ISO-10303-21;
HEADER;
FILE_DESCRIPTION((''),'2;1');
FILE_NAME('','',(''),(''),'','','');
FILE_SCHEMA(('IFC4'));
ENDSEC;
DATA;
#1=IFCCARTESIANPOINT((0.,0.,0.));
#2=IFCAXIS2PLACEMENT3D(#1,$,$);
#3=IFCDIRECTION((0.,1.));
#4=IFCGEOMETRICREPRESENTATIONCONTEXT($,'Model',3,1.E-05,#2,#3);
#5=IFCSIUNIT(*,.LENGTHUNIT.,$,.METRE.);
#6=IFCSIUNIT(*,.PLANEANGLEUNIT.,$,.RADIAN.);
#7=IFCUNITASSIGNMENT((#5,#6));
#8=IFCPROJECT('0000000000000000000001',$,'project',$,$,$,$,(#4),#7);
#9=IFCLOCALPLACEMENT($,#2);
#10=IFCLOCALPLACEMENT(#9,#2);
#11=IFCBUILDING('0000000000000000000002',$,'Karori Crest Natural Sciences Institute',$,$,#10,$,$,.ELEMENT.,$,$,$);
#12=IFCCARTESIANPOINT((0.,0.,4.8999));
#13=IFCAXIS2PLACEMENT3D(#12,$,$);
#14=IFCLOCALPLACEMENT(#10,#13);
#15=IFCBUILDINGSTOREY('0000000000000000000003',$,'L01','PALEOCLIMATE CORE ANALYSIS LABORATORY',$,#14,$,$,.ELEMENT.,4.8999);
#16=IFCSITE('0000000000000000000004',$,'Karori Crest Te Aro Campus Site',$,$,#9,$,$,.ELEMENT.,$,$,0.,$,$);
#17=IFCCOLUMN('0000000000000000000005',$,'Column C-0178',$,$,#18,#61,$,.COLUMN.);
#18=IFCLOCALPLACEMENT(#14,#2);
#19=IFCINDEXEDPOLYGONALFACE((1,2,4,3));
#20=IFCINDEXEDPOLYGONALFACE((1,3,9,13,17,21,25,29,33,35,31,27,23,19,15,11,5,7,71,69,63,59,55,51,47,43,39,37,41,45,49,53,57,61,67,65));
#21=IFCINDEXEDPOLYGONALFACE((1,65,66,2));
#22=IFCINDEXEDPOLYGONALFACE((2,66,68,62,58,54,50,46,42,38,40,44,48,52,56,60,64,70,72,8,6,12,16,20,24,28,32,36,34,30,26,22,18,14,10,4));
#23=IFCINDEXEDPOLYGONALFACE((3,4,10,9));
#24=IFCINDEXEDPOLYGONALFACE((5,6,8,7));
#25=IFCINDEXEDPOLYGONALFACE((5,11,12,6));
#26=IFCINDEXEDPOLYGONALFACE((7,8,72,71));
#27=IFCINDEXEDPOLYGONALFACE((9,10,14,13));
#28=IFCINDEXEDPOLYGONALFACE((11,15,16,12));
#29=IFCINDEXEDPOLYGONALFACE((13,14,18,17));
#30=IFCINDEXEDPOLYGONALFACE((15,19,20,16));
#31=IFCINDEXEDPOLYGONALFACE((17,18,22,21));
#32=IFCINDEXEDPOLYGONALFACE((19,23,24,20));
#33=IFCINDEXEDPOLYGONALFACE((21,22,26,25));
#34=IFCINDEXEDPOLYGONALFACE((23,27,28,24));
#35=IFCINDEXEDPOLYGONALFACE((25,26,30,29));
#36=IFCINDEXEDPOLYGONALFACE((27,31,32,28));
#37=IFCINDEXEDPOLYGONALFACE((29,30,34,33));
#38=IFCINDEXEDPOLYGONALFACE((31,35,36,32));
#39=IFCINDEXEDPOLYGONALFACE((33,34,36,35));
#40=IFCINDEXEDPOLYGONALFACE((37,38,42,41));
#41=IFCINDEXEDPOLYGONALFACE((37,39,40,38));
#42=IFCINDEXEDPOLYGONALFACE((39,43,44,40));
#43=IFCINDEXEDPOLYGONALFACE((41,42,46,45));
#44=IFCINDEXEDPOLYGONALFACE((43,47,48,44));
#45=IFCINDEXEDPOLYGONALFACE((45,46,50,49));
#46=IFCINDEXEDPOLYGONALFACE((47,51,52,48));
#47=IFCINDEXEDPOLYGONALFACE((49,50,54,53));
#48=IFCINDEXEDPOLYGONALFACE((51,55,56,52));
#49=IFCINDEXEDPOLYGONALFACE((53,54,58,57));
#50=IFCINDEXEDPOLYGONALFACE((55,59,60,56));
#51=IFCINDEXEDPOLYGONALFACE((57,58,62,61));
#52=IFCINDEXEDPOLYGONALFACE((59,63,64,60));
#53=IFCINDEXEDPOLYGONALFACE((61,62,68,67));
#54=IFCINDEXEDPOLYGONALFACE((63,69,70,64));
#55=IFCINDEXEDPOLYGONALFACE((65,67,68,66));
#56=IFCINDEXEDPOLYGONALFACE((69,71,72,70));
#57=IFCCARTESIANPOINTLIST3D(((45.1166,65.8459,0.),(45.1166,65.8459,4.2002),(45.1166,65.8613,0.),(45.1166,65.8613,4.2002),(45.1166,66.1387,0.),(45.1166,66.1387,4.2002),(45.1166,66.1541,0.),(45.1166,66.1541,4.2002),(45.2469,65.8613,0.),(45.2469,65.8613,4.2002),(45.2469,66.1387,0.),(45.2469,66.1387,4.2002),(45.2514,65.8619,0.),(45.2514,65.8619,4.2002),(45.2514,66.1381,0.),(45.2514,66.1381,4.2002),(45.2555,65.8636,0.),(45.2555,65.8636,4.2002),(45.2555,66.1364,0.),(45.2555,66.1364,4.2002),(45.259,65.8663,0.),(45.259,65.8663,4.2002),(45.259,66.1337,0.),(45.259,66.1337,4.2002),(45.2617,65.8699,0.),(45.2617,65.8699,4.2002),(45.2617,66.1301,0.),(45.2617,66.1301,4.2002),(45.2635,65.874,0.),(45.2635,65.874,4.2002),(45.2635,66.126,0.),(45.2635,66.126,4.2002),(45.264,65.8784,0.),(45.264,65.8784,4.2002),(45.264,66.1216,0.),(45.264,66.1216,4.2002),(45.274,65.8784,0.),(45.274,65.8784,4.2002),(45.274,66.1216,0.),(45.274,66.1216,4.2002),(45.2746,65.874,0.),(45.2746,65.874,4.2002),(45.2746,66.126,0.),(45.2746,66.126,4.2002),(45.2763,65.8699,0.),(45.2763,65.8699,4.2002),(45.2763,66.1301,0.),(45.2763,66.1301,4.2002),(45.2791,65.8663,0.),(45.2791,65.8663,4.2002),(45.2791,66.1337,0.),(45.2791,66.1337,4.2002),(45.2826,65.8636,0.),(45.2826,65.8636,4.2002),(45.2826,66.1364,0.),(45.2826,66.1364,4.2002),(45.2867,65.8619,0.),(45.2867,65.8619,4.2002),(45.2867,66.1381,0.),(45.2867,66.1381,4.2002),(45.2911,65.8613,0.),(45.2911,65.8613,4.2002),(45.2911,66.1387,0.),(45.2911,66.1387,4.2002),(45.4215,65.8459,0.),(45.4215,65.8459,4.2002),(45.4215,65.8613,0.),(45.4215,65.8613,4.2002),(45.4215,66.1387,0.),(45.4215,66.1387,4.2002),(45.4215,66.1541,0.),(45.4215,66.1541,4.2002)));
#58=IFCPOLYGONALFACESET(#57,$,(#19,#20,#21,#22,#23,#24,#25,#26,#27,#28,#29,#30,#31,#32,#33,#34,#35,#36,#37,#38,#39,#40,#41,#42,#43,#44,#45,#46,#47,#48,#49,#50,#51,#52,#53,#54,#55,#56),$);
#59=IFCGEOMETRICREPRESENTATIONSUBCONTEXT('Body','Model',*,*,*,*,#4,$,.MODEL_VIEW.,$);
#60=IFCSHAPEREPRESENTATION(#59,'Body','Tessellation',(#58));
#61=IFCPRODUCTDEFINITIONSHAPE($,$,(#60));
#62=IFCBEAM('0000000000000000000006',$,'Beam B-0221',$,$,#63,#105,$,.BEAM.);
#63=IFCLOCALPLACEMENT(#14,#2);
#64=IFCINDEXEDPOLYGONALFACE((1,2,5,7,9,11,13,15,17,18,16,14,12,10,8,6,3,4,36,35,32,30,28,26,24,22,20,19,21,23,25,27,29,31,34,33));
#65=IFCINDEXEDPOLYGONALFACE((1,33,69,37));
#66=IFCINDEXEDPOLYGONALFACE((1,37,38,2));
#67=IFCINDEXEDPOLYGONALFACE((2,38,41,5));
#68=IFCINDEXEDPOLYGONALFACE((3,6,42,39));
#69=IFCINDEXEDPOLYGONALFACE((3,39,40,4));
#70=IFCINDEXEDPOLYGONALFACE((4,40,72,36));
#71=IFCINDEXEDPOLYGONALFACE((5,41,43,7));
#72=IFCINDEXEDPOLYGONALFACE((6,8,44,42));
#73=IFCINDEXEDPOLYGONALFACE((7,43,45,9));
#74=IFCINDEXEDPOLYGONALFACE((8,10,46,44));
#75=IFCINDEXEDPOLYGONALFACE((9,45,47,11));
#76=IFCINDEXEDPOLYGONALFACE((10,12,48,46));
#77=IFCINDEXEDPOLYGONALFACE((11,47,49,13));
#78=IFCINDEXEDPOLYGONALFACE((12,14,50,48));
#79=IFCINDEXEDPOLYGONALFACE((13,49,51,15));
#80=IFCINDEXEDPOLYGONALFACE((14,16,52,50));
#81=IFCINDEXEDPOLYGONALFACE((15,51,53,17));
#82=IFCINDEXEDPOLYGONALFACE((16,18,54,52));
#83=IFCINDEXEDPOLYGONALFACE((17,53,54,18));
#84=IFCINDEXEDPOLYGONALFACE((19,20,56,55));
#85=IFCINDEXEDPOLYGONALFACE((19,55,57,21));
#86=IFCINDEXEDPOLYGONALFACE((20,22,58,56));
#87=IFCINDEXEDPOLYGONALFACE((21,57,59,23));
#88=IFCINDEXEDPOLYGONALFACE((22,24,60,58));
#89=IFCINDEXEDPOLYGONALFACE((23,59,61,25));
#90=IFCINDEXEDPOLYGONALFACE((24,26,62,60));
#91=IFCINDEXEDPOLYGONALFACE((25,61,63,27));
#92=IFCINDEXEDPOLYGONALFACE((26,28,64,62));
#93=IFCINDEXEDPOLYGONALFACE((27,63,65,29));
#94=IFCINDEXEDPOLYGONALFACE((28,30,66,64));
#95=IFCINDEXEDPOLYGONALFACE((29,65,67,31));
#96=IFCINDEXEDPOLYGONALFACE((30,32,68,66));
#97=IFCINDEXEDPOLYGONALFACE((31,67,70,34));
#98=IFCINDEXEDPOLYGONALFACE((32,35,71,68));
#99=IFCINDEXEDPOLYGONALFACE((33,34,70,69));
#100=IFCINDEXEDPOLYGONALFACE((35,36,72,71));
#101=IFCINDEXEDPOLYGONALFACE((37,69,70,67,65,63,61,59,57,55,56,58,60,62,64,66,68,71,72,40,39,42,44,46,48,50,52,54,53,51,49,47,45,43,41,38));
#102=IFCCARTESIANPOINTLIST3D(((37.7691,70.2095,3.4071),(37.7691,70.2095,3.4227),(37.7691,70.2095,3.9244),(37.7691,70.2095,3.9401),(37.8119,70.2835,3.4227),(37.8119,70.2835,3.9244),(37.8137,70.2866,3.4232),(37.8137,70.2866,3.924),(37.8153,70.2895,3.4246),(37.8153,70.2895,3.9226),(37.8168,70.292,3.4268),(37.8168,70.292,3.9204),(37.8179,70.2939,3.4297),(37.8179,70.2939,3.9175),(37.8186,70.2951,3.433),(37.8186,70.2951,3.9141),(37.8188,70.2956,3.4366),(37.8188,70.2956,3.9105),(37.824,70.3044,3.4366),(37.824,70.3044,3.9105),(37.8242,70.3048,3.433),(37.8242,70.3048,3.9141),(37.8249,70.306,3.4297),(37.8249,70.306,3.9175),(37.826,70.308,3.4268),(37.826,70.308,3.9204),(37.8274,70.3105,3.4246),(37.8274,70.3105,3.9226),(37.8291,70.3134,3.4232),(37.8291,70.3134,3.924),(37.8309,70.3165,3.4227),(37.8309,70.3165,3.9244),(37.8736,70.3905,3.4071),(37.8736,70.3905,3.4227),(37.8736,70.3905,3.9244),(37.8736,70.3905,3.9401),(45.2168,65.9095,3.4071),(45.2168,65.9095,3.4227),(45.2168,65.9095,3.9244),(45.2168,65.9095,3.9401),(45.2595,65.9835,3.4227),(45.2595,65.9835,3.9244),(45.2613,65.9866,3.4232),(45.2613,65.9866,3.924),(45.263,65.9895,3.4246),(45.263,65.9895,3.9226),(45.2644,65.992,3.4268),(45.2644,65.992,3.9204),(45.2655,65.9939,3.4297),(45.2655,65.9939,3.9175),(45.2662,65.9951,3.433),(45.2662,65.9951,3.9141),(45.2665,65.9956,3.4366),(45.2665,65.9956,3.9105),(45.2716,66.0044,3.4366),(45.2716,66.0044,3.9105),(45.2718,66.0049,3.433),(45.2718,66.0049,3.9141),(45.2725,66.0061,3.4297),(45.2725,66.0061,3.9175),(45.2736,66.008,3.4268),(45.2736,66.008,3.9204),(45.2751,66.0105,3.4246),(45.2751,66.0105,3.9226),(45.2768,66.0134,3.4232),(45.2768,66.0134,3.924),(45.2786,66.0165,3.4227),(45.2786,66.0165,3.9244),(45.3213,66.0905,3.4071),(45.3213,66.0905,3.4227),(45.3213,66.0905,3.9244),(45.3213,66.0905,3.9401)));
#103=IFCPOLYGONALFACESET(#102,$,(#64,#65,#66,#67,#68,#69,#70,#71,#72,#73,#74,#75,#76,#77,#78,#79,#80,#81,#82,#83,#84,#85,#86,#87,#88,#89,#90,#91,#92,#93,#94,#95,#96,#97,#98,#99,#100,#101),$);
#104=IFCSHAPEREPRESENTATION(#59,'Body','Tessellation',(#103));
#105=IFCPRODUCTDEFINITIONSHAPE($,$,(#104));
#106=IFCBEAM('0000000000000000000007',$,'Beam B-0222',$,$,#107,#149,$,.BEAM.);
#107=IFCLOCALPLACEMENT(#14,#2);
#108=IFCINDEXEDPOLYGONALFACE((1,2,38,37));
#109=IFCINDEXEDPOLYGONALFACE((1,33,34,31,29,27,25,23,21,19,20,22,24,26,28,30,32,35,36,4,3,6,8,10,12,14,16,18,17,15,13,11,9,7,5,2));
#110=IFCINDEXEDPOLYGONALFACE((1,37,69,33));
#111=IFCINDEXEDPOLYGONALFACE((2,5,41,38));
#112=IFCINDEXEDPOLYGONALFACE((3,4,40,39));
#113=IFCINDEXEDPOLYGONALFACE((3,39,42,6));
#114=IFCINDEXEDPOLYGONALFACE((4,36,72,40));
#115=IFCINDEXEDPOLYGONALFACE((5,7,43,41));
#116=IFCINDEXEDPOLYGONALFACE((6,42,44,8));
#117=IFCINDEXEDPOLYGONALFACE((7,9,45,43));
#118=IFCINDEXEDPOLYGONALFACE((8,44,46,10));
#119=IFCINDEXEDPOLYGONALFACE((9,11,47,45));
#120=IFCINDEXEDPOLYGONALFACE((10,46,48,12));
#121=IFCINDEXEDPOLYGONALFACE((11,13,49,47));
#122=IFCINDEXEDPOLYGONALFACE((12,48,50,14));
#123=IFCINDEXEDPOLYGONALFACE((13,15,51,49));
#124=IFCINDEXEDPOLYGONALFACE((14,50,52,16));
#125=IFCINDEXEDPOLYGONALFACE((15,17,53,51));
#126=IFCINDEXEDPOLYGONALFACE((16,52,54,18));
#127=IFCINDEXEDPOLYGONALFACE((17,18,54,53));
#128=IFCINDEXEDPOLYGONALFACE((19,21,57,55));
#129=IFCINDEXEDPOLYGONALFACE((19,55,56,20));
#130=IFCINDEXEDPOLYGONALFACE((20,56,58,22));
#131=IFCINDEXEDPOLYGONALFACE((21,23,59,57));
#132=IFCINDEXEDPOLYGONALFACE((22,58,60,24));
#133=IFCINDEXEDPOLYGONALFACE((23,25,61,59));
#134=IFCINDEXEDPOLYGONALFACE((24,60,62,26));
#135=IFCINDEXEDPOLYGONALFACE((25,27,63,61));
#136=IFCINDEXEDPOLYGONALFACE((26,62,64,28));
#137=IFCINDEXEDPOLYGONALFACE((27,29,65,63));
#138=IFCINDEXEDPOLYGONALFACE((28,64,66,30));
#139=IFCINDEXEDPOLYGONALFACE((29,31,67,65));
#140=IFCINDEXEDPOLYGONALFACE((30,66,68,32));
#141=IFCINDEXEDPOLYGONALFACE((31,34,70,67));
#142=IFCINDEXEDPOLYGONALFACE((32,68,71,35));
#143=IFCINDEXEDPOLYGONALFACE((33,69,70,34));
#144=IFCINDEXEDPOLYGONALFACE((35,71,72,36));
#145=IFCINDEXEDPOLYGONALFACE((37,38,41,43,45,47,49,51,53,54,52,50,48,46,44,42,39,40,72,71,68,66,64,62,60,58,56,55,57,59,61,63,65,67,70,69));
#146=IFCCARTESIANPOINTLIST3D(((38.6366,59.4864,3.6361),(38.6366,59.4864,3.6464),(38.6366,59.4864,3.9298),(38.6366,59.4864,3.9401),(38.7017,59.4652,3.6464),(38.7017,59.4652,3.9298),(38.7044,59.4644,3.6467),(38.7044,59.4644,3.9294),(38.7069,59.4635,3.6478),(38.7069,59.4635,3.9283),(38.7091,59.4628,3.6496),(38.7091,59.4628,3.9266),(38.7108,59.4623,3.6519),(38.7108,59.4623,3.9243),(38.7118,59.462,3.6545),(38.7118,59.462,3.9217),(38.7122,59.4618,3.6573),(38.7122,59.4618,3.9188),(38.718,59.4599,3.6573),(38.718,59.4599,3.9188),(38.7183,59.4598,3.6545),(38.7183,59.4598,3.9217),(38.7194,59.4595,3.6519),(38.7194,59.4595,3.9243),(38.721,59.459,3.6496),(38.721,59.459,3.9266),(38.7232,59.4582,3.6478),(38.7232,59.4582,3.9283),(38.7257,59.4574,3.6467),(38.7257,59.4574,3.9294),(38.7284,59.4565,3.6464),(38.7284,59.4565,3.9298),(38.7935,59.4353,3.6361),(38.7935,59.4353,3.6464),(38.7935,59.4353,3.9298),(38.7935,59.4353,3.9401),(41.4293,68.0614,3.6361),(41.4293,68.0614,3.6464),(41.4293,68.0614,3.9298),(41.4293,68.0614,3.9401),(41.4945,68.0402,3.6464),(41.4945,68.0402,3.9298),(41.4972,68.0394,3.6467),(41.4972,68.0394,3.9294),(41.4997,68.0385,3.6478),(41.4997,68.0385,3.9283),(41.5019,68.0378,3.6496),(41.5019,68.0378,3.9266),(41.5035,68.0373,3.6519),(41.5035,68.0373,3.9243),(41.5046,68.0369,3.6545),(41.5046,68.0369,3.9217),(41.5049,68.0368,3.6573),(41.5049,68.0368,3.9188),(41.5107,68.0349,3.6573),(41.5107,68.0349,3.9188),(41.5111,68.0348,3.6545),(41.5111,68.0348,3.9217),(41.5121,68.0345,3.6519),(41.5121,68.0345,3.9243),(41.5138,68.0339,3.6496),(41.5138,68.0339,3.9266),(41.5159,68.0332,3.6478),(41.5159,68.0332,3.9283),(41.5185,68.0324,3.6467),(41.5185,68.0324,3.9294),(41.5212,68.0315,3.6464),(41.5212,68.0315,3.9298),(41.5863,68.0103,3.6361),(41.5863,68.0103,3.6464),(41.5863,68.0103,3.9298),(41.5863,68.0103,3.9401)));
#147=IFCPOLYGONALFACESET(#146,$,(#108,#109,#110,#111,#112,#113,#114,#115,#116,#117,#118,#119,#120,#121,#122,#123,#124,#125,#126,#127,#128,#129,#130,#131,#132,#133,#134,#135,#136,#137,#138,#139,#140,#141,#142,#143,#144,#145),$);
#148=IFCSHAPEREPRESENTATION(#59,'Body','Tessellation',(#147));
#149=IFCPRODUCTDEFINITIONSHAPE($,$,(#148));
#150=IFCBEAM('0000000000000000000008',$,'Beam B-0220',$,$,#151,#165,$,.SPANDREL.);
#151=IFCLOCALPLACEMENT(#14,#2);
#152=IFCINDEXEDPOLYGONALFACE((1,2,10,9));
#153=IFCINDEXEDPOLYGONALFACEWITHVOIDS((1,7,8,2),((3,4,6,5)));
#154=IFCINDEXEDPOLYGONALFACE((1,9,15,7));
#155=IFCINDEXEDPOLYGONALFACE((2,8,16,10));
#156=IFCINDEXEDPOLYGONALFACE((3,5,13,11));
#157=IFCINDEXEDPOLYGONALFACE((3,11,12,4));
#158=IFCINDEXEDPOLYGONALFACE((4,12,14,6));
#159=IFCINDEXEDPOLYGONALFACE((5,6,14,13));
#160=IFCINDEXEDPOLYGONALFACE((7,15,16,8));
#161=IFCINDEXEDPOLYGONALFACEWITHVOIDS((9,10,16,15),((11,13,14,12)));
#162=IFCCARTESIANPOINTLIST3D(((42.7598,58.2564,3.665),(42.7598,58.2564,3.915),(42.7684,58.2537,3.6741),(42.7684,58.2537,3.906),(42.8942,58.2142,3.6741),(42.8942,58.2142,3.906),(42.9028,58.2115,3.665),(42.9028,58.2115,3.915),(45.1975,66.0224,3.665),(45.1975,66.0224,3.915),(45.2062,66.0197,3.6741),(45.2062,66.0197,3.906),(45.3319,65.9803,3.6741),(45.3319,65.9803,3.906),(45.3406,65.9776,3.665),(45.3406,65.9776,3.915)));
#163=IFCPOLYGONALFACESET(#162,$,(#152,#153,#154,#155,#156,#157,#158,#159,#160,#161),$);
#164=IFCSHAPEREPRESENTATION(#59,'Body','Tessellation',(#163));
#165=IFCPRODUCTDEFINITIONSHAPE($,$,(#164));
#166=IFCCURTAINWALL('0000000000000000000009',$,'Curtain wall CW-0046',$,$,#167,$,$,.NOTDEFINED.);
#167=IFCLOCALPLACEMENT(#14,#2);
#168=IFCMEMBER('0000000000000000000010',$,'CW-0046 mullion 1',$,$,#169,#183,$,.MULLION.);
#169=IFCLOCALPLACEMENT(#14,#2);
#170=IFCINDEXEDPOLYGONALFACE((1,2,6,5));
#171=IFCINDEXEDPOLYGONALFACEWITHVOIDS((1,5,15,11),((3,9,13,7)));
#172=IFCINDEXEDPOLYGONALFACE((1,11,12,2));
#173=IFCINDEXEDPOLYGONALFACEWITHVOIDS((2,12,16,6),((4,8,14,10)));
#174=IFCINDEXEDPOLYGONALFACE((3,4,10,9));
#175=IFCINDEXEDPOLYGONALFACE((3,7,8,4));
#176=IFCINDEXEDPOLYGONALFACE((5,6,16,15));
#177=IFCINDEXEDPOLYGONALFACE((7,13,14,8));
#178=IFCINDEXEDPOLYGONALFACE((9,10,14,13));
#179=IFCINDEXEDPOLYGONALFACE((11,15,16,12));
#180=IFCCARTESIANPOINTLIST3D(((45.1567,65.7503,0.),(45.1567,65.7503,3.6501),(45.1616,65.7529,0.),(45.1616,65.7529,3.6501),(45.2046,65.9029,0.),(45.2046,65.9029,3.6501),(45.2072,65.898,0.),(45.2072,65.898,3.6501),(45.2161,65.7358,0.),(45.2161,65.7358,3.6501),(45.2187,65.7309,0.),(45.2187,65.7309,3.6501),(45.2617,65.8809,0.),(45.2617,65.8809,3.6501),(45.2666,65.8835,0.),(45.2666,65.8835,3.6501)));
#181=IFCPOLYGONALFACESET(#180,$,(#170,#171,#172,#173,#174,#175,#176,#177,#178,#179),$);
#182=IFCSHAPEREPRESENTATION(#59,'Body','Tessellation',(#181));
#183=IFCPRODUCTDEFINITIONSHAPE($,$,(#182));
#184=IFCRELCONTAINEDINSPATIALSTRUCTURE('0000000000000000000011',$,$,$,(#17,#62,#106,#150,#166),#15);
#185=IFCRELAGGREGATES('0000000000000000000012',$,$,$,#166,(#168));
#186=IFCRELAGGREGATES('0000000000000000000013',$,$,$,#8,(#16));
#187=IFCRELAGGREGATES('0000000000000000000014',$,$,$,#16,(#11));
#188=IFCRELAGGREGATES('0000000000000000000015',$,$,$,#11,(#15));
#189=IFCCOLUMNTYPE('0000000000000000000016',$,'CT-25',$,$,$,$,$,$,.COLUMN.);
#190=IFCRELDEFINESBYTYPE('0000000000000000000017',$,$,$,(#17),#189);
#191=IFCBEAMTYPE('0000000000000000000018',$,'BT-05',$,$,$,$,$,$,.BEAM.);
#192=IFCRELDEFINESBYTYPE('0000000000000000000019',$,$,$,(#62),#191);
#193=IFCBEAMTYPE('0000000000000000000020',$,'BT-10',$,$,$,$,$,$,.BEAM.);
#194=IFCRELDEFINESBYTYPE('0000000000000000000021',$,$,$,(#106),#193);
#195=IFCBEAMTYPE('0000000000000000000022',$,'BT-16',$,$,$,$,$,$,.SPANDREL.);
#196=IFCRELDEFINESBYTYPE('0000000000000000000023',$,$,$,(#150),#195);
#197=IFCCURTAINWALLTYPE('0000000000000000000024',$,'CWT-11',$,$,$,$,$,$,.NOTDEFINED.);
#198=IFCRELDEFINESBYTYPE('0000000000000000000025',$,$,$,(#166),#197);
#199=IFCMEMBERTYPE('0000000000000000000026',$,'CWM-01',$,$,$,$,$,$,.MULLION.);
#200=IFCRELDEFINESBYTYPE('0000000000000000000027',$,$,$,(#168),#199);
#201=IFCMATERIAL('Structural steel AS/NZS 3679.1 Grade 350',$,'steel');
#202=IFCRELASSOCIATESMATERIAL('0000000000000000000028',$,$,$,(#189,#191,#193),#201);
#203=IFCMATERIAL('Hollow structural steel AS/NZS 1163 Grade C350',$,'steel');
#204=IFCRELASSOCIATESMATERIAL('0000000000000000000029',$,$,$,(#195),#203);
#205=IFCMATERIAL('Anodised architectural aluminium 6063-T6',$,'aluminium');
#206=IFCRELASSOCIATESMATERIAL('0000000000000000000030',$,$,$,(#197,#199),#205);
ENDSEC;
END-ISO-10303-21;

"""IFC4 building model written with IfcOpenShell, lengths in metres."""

from ifc_helpers import new_model, si_unit, direction, frame, origin, origin_2d, place, context, subcontext, project, spatial, hollow_rectangle, i_section, extrude, material, material_profile, profile_set, type_object, element, aggregate, save


model = new_model("IFC4")

# Units and contexts
model_context = context("Model", 3, precision=1e-05, world=origin(), true_north=direction((0.0, 1.0)))
body_context = subcontext(model_context, "Body", "Model", "MODEL_VIEW")
ifc_project = project(units=[si_unit("LENGTHUNIT", "METRE"), si_unit("PLANEANGLEUNIT", "RADIAN")], contexts=[model_context])

# Site, building, storey
site_placement = place(None, origin())
site = spatial("IfcSite", under=ifc_project, at=site_placement, Name="Karori Crest Te Aro Campus Site", CompositionType="ELEMENT", RefElevation=0.0)
building_placement = place(site_placement, origin())
building = spatial("IfcBuilding", under=site, at=building_placement, Name="Karori Crest Natural Sciences Institute", CompositionType="ELEMENT")
storey_placement = place(building_placement, frame((0.0, 0.0, 4.8999)))
storey = spatial("IfcBuildingStorey", under=building, at=storey_placement, Name="L01", Description="PALEOCLIMATE CORE ANALYSIS LABORATORY", CompositionType="ELEMENT", Elevation=4.8999)

# Column
ifc_material_1 = material(Name="Structural steel AS/NZS 3679.1 Grade 350", Category="steel")
ifc_material_profile_1 = material_profile(ifc_material_1, i_section(OverallWidth=0.3049, OverallDepth=0.3081, WebThickness=0.01, FlangeThickness=0.0154, FilletRadius=0.0171, at=origin_2d()), Name="310UC96.8")
ifc_profile_set_1 = profile_set([ifc_material_profile_1], Name="Structural steel AS/NZS 3679.1 Grade 350")
column_type = type_object("IfcColumnType", Name="CT-25", PredefinedType="COLUMN", material=ifc_profile_set_1)
column_placement = place(storey_placement, frame((45.269, 66.0, 0.0), z_axis=(0.0, 0.0, 1.0), x_axis=(1.0, 0.0, 0.0)))
element("IfcColumn", 1, at=column_placement, inside=storey, type_object=column_type, Name="Column C-0178", PredefinedType="COLUMN", context=body_context, shape_type="SweptSolid", body=[
    extrude(i_section(OverallWidth=0.3049, OverallDepth=0.3081, WebThickness=0.01, FlangeThickness=0.0154, FilletRadius=0.0171, at=origin_2d()), origin(), (0.0, 0.0, 1.0), 4.2002),
])

# Beams
ifc_material_profile_2 = material_profile(ifc_material_1, i_section(OverallWidth=0.209, OverallDepth=0.533, WebThickness=0.0103, FlangeThickness=0.0156, FilletRadius=0.0139, at=origin_2d()), Name="530UB92.4")
ifc_profile_set_2 = profile_set([ifc_material_profile_2], Name="Structural steel AS/NZS 3679.1 Grade 350")
beam_type_1 = type_object("IfcBeamType", Name="BT-05", PredefinedType="BEAM", material=ifc_profile_set_2)
beam_1_placement = place(storey_placement, frame((45.269, 66.0, 3.6736), z_axis=(-0.866021, 0.500008, 0.0), x_axis=(-0.500008, -0.866021, 0.0)))
element("IfcBeam", 2, at=beam_1_placement, inside=storey, type_object=beam_type_1, Name="Beam B-0221", PredefinedType="BEAM", context=body_context, shape_type="SweptSolid", body=[
    extrude(i_section(OverallWidth=0.209, OverallDepth=0.533, WebThickness=0.0103, FlangeThickness=0.0156, FilletRadius=0.0139, at=origin_2d()), origin(), (0.0, 0.0, 1.0), 8.5999),
])
ifc_material_profile_3 = material_profile(ifc_material_1, i_section(OverallWidth=0.165, OverallDepth=0.304, WebThickness=0.0061, FlangeThickness=0.0103, FilletRadius=0.011, at=origin_2d()), Name="310UB40.4")
ifc_profile_set_3 = profile_set([ifc_material_profile_3], Name="Structural steel AS/NZS 3679.1 Grade 350")
beam_type_2 = type_object("IfcBeamType", Name="BT-10", PredefinedType="BEAM", material=ifc_profile_set_3)
beam_2_placement = place(storey_placement, frame((41.5078, 68.0359, 3.7881), z_axis=(-0.309674, -0.950843, 0.0), x_axis=(0.950843, -0.309674, 0.0)))
element("IfcBeam", 3, at=beam_2_placement, inside=storey, type_object=beam_type_2, Name="Beam B-0222", PredefinedType="BEAM", context=body_context, shape_type="SweptSolid", body=[
    extrude(i_section(OverallWidth=0.165, OverallDepth=0.304, WebThickness=0.0061, FlangeThickness=0.0103, FilletRadius=0.011, at=origin_2d()), origin(), (0.0, 0.0, 1.0), 9.0183),
])
ifc_material_2 = material(Name="Hollow structural steel AS/NZS 1163 Grade C350", Category="steel")
ifc_material_profile_4 = material_profile(ifc_material_2, hollow_rectangle(XDim=0.1499, YDim=0.25, WallThickness=0.009, at=origin_2d()), Name="RHS250x150x9")
ifc_profile_set_4 = profile_set([ifc_material_profile_4], Name="Hollow structural steel AS/NZS 1163 Grade C350")
beam_type_3 = type_object("IfcBeamType", Name="BT-16", PredefinedType="SPANDREL", material=ifc_profile_set_4)
beam_3_placement = place(storey_placement, frame((45.269, 66.0, 3.79), z_axis=(-0.299487, -0.9541, 0.0), x_axis=(0.9541, -0.299487, 0.0)))
element("IfcBeam", 4, at=beam_3_placement, inside=storey, type_object=beam_type_3, Name="Beam B-0220", PredefinedType="SPANDREL", context=body_context, shape_type="SweptSolid", body=[
    extrude(hollow_rectangle(XDim=0.1499, YDim=0.25, WallThickness=0.009, at=origin_2d()), origin(), (0.0, 0.0, 1.0), 8.1396),
])

# Curtain wall, member
ifc_material_3 = material(Name="Anodised architectural aluminium 6063-T6", Category="aluminium")
curtain_wall_type = type_object("IfcCurtainWallType", Name="CWT-11", PredefinedType="NOTDEFINED", material=ifc_material_3)
curtain_wall_placement = place(storey_placement, origin())
curtain_wall = element("IfcCurtainWall", 5, at=curtain_wall_placement, inside=storey, type_object=curtain_wall_type, Name="Curtain wall CW-0046", PredefinedType="NOTDEFINED")
ifc_material_profile_5 = material_profile(ifc_material_3, hollow_rectangle(XDim=0.0649, YDim=0.1599, WallThickness=0.0039, at=origin_2d()), Name="CWM160x65x4")
ifc_profile_set_5 = profile_set([ifc_material_profile_5], Name="Anodised architectural aluminium 6063-T6")
member_type_1 = type_object("IfcMemberType", Name="CWM-01", PredefinedType="MULLION", material=ifc_profile_set_5)
member_1_placement = place(storey_placement, frame((45.2117, 65.8169, 0.0), z_axis=(0.0, 0.0, 1.0), x_axis=(0.954104, -0.299477, 0.0)))
member_1 = element("IfcMember", 6, at=member_1_placement, type_object=member_type_1, Name="CW-0046 mullion 1", PredefinedType="MULLION", context=body_context, shape_type="SweptSolid", body=[
    extrude(hollow_rectangle(XDim=0.0649, YDim=0.1599, WallThickness=0.0039, at=origin_2d()), origin(), (0.0, 0.0, 1.0), 3.6501),
])
aggregate(curtain_wall, [member_1])

save(model, "model.ifc")
